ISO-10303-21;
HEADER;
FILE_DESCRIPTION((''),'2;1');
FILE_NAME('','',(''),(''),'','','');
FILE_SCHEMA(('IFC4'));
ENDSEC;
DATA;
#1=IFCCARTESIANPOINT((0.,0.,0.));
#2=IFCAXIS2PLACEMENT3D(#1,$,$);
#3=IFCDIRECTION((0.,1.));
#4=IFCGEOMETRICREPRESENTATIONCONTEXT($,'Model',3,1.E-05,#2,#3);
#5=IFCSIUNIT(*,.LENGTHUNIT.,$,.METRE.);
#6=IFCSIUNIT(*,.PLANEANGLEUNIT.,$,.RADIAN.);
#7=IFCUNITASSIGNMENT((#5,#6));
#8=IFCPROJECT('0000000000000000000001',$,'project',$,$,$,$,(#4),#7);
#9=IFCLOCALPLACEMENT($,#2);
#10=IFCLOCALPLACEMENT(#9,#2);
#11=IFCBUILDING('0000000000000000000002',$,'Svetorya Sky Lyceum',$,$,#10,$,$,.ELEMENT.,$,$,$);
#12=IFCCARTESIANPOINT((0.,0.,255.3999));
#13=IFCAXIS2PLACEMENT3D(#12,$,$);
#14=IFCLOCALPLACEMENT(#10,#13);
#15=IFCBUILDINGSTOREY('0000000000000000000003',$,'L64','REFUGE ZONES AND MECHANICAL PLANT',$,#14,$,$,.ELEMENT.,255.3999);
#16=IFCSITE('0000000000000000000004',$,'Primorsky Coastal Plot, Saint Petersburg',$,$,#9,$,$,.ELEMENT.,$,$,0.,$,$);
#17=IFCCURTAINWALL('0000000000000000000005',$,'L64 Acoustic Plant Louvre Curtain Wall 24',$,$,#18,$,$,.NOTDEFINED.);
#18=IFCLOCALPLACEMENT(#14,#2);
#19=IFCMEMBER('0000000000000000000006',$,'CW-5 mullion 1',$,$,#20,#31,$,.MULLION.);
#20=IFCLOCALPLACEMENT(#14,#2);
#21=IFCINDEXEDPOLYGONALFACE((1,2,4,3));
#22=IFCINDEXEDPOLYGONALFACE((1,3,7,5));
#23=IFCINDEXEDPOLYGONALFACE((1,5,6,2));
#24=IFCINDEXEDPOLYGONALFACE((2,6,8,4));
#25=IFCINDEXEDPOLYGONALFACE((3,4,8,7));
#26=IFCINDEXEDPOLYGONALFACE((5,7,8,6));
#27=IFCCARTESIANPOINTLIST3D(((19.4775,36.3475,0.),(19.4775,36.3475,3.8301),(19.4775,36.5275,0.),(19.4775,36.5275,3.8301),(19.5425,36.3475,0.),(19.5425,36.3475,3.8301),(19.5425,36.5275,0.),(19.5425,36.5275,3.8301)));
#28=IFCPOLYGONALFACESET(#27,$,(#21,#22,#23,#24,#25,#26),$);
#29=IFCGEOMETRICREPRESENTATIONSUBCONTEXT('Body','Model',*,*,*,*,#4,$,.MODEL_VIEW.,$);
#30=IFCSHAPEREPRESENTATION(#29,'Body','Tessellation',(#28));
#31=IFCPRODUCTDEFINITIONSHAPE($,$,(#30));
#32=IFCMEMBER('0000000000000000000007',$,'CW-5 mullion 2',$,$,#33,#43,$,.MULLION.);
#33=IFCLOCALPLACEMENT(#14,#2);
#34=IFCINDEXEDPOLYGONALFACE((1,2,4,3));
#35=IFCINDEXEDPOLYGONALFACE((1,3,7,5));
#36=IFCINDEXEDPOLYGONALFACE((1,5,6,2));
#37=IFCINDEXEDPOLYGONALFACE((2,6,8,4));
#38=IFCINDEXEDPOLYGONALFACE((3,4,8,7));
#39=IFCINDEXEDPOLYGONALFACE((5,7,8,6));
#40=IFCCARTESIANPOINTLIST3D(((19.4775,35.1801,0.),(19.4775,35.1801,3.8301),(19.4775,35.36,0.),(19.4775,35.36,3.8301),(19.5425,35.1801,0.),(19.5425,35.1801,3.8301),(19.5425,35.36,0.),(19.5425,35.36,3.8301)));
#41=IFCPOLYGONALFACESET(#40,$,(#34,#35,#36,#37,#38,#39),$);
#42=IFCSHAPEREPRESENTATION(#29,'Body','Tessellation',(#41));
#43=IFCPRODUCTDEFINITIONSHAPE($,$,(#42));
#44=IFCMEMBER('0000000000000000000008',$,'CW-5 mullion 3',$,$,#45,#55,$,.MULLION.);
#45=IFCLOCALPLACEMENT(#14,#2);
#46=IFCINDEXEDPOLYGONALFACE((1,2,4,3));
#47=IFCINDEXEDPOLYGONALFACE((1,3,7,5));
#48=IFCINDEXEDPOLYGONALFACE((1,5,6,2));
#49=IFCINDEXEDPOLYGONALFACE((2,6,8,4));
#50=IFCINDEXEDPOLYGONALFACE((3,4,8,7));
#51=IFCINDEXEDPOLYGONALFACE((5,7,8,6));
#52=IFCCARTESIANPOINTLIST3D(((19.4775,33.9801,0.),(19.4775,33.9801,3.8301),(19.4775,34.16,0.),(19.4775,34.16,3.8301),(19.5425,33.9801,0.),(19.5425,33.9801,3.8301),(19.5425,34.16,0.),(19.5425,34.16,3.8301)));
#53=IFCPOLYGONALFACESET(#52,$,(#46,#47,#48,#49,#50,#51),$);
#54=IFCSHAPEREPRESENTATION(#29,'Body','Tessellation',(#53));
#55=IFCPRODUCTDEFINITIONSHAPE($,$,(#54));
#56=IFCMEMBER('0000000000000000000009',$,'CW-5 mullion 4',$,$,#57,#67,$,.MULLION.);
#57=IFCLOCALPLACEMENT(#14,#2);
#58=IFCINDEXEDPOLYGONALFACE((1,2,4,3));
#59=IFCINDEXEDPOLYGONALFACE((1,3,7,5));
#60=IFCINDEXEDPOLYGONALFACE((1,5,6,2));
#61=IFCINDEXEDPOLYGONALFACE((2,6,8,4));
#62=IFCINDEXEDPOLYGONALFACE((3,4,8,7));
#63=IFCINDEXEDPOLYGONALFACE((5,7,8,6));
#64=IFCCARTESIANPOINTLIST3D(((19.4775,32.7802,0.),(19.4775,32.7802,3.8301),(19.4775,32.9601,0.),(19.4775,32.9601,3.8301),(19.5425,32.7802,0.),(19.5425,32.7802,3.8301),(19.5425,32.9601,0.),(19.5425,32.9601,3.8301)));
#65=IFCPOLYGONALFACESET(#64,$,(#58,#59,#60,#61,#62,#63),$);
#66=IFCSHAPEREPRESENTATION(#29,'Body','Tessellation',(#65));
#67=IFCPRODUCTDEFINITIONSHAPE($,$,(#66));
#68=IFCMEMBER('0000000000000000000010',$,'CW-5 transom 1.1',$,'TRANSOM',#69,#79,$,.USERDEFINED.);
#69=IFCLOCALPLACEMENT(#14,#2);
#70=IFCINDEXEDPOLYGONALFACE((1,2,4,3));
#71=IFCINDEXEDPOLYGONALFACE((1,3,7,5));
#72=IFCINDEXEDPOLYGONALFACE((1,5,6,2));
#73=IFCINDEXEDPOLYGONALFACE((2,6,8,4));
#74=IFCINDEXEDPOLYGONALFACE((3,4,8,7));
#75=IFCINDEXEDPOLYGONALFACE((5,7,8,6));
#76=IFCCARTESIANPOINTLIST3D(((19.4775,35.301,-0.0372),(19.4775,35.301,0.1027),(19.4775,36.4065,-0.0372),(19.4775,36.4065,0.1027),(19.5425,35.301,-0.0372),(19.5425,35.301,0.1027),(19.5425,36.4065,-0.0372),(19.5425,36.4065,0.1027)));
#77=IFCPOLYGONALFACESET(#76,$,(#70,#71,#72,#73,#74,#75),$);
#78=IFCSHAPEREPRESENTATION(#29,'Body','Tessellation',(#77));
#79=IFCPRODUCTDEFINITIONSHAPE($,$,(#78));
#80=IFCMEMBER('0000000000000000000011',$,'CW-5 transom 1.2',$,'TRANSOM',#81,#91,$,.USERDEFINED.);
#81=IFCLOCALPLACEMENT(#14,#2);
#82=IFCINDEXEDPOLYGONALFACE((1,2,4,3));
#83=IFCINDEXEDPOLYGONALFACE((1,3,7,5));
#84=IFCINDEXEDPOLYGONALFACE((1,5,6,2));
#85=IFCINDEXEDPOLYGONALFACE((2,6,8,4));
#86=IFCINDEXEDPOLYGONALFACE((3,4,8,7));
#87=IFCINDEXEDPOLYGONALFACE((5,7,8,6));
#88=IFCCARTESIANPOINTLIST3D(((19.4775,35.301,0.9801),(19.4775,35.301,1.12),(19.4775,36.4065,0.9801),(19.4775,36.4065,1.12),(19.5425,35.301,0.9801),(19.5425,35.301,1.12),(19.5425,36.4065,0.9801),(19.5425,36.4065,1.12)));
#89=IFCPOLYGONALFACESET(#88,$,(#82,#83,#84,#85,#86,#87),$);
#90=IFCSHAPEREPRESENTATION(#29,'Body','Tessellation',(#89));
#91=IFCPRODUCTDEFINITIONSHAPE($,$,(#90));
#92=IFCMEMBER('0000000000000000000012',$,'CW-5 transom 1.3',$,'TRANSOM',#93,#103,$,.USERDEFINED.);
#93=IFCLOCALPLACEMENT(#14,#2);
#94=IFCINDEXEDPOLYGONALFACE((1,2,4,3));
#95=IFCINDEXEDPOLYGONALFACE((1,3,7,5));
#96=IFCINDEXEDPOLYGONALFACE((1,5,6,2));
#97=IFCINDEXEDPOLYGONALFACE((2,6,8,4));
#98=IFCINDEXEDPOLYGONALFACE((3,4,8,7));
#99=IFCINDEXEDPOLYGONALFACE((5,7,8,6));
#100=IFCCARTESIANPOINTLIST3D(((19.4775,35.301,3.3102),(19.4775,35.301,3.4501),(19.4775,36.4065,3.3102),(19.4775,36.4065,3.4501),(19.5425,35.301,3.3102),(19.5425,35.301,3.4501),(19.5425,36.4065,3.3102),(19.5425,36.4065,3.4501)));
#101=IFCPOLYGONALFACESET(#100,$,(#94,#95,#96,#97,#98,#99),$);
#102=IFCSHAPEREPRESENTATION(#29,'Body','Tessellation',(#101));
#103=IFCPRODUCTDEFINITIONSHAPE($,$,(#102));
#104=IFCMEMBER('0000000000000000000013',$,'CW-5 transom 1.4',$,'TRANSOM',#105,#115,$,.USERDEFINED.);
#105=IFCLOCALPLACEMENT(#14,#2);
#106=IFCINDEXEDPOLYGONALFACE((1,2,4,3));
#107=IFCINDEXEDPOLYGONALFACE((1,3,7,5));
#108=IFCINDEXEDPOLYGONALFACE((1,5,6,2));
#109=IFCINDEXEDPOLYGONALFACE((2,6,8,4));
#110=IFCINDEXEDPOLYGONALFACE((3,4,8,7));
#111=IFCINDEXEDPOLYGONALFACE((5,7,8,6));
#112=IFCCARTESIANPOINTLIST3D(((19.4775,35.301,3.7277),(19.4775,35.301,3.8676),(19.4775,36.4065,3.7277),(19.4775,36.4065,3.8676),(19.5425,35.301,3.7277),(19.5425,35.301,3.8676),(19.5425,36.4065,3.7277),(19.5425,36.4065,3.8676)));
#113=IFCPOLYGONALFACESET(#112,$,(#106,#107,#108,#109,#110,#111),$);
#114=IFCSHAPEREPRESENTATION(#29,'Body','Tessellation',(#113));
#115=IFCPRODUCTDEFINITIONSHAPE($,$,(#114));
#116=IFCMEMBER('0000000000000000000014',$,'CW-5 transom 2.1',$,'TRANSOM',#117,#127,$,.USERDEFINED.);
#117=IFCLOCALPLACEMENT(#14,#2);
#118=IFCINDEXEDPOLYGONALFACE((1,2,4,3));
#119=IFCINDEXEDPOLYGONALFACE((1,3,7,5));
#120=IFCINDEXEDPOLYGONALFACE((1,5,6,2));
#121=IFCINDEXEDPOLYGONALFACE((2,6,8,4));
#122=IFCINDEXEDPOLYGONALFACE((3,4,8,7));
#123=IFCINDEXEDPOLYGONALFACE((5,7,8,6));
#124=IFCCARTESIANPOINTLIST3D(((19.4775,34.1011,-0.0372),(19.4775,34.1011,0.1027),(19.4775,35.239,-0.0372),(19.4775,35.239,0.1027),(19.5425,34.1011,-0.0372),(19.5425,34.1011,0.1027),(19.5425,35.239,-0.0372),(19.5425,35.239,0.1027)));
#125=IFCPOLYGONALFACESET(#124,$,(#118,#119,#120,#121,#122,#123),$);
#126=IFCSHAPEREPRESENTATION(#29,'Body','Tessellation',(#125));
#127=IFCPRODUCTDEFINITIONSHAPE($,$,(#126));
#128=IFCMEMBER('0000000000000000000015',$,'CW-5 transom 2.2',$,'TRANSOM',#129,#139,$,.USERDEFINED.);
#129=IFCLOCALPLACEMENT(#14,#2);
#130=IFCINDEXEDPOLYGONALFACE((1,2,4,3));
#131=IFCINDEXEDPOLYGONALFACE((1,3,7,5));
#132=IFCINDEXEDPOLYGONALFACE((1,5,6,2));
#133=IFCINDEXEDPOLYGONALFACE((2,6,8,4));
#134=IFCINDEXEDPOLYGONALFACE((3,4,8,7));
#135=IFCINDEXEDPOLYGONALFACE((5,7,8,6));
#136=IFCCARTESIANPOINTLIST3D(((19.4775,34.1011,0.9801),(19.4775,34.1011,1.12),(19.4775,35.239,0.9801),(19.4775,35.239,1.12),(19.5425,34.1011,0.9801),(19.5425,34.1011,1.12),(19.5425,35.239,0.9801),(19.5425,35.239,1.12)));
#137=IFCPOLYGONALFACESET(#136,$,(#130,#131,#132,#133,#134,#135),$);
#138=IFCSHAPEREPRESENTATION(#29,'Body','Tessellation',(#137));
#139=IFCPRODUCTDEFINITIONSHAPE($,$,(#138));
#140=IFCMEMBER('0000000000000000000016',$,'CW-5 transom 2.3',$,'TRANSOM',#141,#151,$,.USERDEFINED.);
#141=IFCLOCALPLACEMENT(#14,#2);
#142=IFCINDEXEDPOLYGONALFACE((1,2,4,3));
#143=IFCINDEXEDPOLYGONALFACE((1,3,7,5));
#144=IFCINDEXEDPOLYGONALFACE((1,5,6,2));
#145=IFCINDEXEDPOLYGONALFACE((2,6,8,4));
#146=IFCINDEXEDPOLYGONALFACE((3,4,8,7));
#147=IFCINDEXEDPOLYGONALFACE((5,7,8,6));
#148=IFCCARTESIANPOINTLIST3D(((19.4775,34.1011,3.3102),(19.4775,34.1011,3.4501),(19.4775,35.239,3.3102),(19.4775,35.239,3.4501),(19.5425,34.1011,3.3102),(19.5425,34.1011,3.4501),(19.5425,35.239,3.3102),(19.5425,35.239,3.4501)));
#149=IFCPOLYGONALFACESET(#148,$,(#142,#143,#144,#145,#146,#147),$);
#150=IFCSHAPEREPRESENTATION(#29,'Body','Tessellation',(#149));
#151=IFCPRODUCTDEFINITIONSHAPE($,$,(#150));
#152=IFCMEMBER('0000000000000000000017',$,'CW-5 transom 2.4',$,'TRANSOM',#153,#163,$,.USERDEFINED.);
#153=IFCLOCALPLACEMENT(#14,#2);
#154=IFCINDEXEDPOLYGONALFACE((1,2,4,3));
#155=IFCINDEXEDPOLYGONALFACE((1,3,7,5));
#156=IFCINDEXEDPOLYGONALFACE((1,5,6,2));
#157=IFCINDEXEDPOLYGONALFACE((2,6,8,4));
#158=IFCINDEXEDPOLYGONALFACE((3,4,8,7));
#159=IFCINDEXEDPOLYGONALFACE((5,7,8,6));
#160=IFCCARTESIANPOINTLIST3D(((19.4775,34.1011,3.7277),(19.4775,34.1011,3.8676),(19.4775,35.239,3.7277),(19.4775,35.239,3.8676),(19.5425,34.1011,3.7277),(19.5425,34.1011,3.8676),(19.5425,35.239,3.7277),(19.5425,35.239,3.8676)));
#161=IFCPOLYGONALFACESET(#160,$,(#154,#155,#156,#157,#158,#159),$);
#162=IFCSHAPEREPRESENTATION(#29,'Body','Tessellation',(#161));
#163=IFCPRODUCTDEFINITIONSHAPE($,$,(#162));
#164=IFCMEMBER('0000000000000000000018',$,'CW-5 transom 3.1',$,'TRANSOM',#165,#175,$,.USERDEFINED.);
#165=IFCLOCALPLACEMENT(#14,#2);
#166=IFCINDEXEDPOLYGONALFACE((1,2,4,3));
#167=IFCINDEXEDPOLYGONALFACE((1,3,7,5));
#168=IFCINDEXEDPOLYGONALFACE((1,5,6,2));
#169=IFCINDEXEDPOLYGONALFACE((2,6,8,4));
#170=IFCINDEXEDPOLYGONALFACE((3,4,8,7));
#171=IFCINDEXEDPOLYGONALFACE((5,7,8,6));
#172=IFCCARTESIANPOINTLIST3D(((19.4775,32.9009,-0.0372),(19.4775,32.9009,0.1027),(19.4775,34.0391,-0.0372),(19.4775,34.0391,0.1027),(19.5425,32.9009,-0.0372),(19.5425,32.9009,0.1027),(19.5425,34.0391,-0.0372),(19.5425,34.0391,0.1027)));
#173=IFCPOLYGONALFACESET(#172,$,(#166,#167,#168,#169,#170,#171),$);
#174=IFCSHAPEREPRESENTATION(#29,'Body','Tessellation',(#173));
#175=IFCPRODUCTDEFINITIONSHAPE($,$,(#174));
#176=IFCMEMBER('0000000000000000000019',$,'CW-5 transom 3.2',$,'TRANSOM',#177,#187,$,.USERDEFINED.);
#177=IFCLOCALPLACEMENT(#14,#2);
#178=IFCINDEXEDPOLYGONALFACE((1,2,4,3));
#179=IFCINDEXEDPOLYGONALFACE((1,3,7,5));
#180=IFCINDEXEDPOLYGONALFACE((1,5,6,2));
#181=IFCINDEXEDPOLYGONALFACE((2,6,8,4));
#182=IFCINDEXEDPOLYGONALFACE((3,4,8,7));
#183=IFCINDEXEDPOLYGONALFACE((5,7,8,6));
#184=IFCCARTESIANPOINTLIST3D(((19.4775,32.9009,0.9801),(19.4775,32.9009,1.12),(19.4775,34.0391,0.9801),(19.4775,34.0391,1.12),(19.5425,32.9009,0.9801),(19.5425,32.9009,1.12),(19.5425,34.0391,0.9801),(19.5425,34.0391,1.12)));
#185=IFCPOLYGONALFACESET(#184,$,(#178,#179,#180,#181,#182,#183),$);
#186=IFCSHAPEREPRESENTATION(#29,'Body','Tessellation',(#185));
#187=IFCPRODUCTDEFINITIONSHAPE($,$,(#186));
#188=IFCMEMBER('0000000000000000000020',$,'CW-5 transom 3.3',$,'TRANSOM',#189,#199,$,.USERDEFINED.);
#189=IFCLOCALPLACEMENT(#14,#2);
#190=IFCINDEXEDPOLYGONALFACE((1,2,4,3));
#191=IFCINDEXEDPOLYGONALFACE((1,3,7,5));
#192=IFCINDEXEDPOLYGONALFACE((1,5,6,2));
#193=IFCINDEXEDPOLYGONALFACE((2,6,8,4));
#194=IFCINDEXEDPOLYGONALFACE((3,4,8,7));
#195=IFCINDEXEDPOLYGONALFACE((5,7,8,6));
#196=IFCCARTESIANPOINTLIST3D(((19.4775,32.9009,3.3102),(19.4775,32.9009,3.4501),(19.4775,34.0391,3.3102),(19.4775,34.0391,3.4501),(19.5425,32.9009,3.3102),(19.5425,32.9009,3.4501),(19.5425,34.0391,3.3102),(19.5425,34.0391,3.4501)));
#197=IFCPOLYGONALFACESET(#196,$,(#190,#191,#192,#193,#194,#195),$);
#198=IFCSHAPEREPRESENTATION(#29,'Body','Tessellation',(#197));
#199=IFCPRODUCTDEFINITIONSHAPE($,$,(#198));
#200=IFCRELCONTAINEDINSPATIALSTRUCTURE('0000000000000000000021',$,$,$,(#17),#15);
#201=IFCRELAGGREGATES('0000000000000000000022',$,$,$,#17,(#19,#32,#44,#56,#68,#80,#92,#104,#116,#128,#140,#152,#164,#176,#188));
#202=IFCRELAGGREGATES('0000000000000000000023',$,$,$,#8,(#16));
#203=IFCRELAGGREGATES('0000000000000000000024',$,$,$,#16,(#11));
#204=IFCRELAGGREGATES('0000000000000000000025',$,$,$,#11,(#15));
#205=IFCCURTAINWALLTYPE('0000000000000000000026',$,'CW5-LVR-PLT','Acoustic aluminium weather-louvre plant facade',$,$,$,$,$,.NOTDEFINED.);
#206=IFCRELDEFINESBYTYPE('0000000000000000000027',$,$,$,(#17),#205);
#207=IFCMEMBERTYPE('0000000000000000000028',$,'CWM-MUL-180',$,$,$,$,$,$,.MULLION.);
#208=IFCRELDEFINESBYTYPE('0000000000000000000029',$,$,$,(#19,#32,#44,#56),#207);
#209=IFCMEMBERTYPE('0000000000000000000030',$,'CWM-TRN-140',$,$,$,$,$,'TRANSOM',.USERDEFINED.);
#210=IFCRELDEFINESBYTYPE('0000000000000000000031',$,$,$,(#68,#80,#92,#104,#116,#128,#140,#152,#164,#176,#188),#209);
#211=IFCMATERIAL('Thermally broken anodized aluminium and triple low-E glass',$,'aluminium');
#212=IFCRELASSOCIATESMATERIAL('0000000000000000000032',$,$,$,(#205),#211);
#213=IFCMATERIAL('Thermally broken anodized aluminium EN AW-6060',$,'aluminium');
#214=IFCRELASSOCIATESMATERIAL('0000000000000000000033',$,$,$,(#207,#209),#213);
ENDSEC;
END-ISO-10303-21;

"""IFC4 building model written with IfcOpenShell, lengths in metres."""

from ifc_helpers import new_model, si_unit, direction, frame, origin, origin_2d, place, context, subcontext, project, spatial, rectangle, extrude, material, material_profile, profile_set, type_object, element, aggregate, save


model = new_model("IFC4")

# Units and contexts
model_context = context("Model", 3, precision=1e-05, world=origin(), true_north=direction((0.0, 1.0)))
body_context = subcontext(model_context, "Body", "Model", "MODEL_VIEW")
ifc_project = project(units=[si_unit("LENGTHUNIT", "METRE"), si_unit("PLANEANGLEUNIT", "RADIAN")], contexts=[model_context])

# Site, building, storey
site_placement = place(None, origin())
site = spatial("IfcSite", under=ifc_project, at=site_placement, Name="Primorsky Coastal Plot, Saint Petersburg", CompositionType="ELEMENT", RefElevation=0.0)
building_placement = place(site_placement, origin())
building = spatial("IfcBuilding", under=site, at=building_placement, Name="Svetorya Sky Lyceum", CompositionType="ELEMENT")
storey_placement = place(building_placement, frame((0.0, 0.0, 255.3999)))
storey = spatial("IfcBuildingStorey", under=building, at=storey_placement, Name="L64", Description="REFUGE ZONES AND MECHANICAL PLANT", CompositionType="ELEMENT", Elevation=255.3999)

# Curtain wall, members
ifc_material_1 = material(Name="Thermally broken anodized aluminium and triple low-E glass", Category="aluminium")
curtain_wall_type = type_object("IfcCurtainWallType", Name="CW5-LVR-PLT", Description="Acoustic aluminium weather-louvre plant facade", PredefinedType="NOTDEFINED", material=ifc_material_1)
curtain_wall_placement = place(storey_placement, origin())
curtain_wall = element("IfcCurtainWall", 1, at=curtain_wall_placement, inside=storey, type_object=curtain_wall_type, Name="L64 Acoustic Plant Louvre Curtain Wall 24", PredefinedType="NOTDEFINED")
ifc_material_2 = material(Name="Thermally broken anodized aluminium EN AW-6060", Category="aluminium")
ifc_material_profile_1 = material_profile(ifc_material_2, rectangle(XDim=0.0649, YDim=0.1799, at=origin_2d()), Name="ALU MULLION 65x180")
ifc_profile_set_1 = profile_set([ifc_material_profile_1], Name="Thermally broken anodized aluminium EN AW-6060")
member_type_1 = type_object("IfcMemberType", Name="CWM-MUL-180", PredefinedType="MULLION", material=ifc_profile_set_1)
member_1_placement = place(storey_placement, frame((19.51, 36.4375, 0.0), z_axis=(0.0, 0.0, 1.0), x_axis=(1.0, 0.0, 0.0)))
member_1 = element("IfcMember", 2, at=member_1_placement, type_object=member_type_1, Name="CW-5 mullion 1", PredefinedType="MULLION", context=body_context, shape_type="SweptSolid", body=[
    extrude(rectangle(XDim=0.0649, YDim=0.1799, at=origin_2d()), origin(), (0.0, 0.0, 1.0), 3.8301),
])
member_2_placement = place(storey_placement, frame((19.51, 35.27, 0.0), z_axis=(0.0, 0.0, 1.0), x_axis=(1.0, 0.0, 0.0)))
member_2 = element("IfcMember", 3, at=member_2_placement, type_object=member_type_1, Name="CW-5 mullion 2", PredefinedType="MULLION", context=body_context, shape_type="SweptSolid", body=[
    extrude(rectangle(XDim=0.0649, YDim=0.1799, at=origin_2d()), origin(), (0.0, 0.0, 1.0), 3.8301),
])
member_3_placement = place(storey_placement, frame((19.51, 34.0701, 0.0), z_axis=(0.0, 0.0, 1.0), x_axis=(1.0, 0.0, 0.0)))
member_3 = element("IfcMember", 4, at=member_3_placement, type_object=member_type_1, Name="CW-5 mullion 3", PredefinedType="MULLION", context=body_context, shape_type="SweptSolid", body=[
    extrude(rectangle(XDim=0.0649, YDim=0.1799, at=origin_2d()), origin(), (0.0, 0.0, 1.0), 3.8301),
])
member_4_placement = place(storey_placement, frame((19.51, 32.8701, 0.0), z_axis=(0.0, 0.0, 1.0), x_axis=(1.0, 0.0, 0.0)))
member_4 = element("IfcMember", 5, at=member_4_placement, type_object=member_type_1, Name="CW-5 mullion 4", PredefinedType="MULLION", context=body_context, shape_type="SweptSolid", body=[
    extrude(rectangle(XDim=0.0649, YDim=0.1799, at=origin_2d()), origin(), (0.0, 0.0, 1.0), 3.8301),
])
ifc_material_profile_2 = material_profile(ifc_material_2, rectangle(XDim=0.0649, YDim=0.1399, at=origin_2d()), Name="ALU TRANSOM 65x140")
ifc_profile_set_2 = profile_set([ifc_material_profile_2], Name="Thermally broken anodized aluminium EN AW-6060")
member_type_2 = type_object("IfcMemberType", Name="CWM-TRN-140", ElementType="TRANSOM", PredefinedType="USERDEFINED", material=ifc_profile_set_2)
member_5_placement = place(storey_placement, frame((19.51, 36.4065, 0.0327), z_axis=(0.0, -1.0, 0.0), x_axis=(1.0, 0.0, 0.0)))
member_5 = element("IfcMember", 6, at=member_5_placement, type_object=member_type_2, Name="CW-5 transom 1.1", ObjectType="TRANSOM", PredefinedType="USERDEFINED", context=body_context, shape_type="SweptSolid", body=[
    extrude(rectangle(XDim=0.0649, YDim=0.1399, at=origin_2d()), origin(), (0.0, 0.0, 1.0), 1.1055),
])
member_6_placement = place(storey_placement, frame((19.51, 36.4065, 1.05), z_axis=(0.0, -1.0, 0.0), x_axis=(1.0, 0.0, 0.0)))
member_6 = element("IfcMember", 7, at=member_6_placement, type_object=member_type_2, Name="CW-5 transom 1.2", ObjectType="TRANSOM", PredefinedType="USERDEFINED", context=body_context, shape_type="SweptSolid", body=[
    extrude(rectangle(XDim=0.0649, YDim=0.1399, at=origin_2d()), origin(), (0.0, 0.0, 1.0), 1.1055),
])
member_7_placement = place(storey_placement, frame((19.51, 36.4065, 3.3801), z_axis=(0.0, -1.0, 0.0), x_axis=(1.0, 0.0, 0.0)))
member_7 = element("IfcMember", 8, at=member_7_placement, type_object=member_type_2, Name="CW-5 transom 1.3", ObjectType="TRANSOM", PredefinedType="USERDEFINED", context=body_context, shape_type="SweptSolid", body=[
    extrude(rectangle(XDim=0.0649, YDim=0.1399, at=origin_2d()), origin(), (0.0, 0.0, 1.0), 1.1055),
])
member_8_placement = place(storey_placement, frame((19.51, 36.4065, 3.7976), z_axis=(0.0, -1.0, 0.0), x_axis=(1.0, 0.0, 0.0)))
member_8 = element("IfcMember", 9, at=member_8_placement, type_object=member_type_2, Name="CW-5 transom 1.4", ObjectType="TRANSOM", PredefinedType="USERDEFINED", context=body_context, shape_type="SweptSolid", body=[
    extrude(rectangle(XDim=0.0649, YDim=0.1399, at=origin_2d()), origin(), (0.0, 0.0, 1.0), 1.1055),
])
member_9_placement = place(storey_placement, frame((19.51, 35.239, 0.0327), z_axis=(0.0, -1.0, 0.0), x_axis=(1.0, 0.0, 0.0)))
member_9 = element("IfcMember", 10, at=member_9_placement, type_object=member_type_2, Name="CW-5 transom 2.1", ObjectType="TRANSOM", PredefinedType="USERDEFINED", context=body_context, shape_type="SweptSolid", body=[
    extrude(rectangle(XDim=0.0649, YDim=0.1399, at=origin_2d()), origin(), (0.0, 0.0, 1.0), 1.1379),
])
member_10_placement = place(storey_placement, frame((19.51, 35.239, 1.05), z_axis=(0.0, -1.0, 0.0), x_axis=(1.0, 0.0, 0.0)))
member_10 = element("IfcMember", 11, at=member_10_placement, type_object=member_type_2, Name="CW-5 transom 2.2", ObjectType="TRANSOM", PredefinedType="USERDEFINED", context=body_context, shape_type="SweptSolid", body=[
    extrude(rectangle(XDim=0.0649, YDim=0.1399, at=origin_2d()), origin(), (0.0, 0.0, 1.0), 1.1379),
])
member_11_placement = place(storey_placement, frame((19.51, 35.239, 3.3801), z_axis=(0.0, -1.0, 0.0), x_axis=(1.0, 0.0, 0.0)))
member_11 = element("IfcMember", 12, at=member_11_placement, type_object=member_type_2, Name="CW-5 transom 2.3", ObjectType="TRANSOM", PredefinedType="USERDEFINED", context=body_context, shape_type="SweptSolid", body=[
    extrude(rectangle(XDim=0.0649, YDim=0.1399, at=origin_2d()), origin(), (0.0, 0.0, 1.0), 1.1379),
])
member_12_placement = place(storey_placement, frame((19.51, 35.239, 3.7976), z_axis=(0.0, -1.0, 0.0), x_axis=(1.0, 0.0, 0.0)))
member_12 = element("IfcMember", 13, at=member_12_placement, type_object=member_type_2, Name="CW-5 transom 2.4", ObjectType="TRANSOM", PredefinedType="USERDEFINED", context=body_context, shape_type="SweptSolid", body=[
    extrude(rectangle(XDim=0.0649, YDim=0.1399, at=origin_2d()), origin(), (0.0, 0.0, 1.0), 1.1379),
])
member_13_placement = place(storey_placement, frame((19.51, 34.0391, 0.0327), z_axis=(0.0, -1.0, 0.0), x_axis=(1.0, 0.0, 0.0)))
member_13 = element("IfcMember", 14, at=member_13_placement, type_object=member_type_2, Name="CW-5 transom 3.1", ObjectType="TRANSOM", PredefinedType="USERDEFINED", context=body_context, shape_type="SweptSolid", body=[
    extrude(rectangle(XDim=0.0649, YDim=0.1399, at=origin_2d()), origin(), (0.0, 0.0, 1.0), 1.1382),
])
member_14_placement = place(storey_placement, frame((19.51, 34.0391, 1.05), z_axis=(0.0, -1.0, 0.0), x_axis=(1.0, 0.0, 0.0)))
member_14 = element("IfcMember", 15, at=member_14_placement, type_object=member_type_2, Name="CW-5 transom 3.2", ObjectType="TRANSOM", PredefinedType="USERDEFINED", context=body_context, shape_type="SweptSolid", body=[
    extrude(rectangle(XDim=0.0649, YDim=0.1399, at=origin_2d()), origin(), (0.0, 0.0, 1.0), 1.1382),
])
member_15_placement = place(storey_placement, frame((19.51, 34.0391, 3.3801), z_axis=(0.0, -1.0, 0.0), x_axis=(1.0, 0.0, 0.0)))
member_15 = element("IfcMember", 16, at=member_15_placement, type_object=member_type_2, Name="CW-5 transom 3.3", ObjectType="TRANSOM", PredefinedType="USERDEFINED", context=body_context, shape_type="SweptSolid", body=[
    extrude(rectangle(XDim=0.0649, YDim=0.1399, at=origin_2d()), origin(), (0.0, 0.0, 1.0), 1.1382),
])
aggregate(curtain_wall, [member_1, member_2, member_3, member_4, member_5, member_6, member_7, member_8, member_9, member_10, member_11, member_12, member_13, member_14, member_15])

save(model, "model.ifc")
